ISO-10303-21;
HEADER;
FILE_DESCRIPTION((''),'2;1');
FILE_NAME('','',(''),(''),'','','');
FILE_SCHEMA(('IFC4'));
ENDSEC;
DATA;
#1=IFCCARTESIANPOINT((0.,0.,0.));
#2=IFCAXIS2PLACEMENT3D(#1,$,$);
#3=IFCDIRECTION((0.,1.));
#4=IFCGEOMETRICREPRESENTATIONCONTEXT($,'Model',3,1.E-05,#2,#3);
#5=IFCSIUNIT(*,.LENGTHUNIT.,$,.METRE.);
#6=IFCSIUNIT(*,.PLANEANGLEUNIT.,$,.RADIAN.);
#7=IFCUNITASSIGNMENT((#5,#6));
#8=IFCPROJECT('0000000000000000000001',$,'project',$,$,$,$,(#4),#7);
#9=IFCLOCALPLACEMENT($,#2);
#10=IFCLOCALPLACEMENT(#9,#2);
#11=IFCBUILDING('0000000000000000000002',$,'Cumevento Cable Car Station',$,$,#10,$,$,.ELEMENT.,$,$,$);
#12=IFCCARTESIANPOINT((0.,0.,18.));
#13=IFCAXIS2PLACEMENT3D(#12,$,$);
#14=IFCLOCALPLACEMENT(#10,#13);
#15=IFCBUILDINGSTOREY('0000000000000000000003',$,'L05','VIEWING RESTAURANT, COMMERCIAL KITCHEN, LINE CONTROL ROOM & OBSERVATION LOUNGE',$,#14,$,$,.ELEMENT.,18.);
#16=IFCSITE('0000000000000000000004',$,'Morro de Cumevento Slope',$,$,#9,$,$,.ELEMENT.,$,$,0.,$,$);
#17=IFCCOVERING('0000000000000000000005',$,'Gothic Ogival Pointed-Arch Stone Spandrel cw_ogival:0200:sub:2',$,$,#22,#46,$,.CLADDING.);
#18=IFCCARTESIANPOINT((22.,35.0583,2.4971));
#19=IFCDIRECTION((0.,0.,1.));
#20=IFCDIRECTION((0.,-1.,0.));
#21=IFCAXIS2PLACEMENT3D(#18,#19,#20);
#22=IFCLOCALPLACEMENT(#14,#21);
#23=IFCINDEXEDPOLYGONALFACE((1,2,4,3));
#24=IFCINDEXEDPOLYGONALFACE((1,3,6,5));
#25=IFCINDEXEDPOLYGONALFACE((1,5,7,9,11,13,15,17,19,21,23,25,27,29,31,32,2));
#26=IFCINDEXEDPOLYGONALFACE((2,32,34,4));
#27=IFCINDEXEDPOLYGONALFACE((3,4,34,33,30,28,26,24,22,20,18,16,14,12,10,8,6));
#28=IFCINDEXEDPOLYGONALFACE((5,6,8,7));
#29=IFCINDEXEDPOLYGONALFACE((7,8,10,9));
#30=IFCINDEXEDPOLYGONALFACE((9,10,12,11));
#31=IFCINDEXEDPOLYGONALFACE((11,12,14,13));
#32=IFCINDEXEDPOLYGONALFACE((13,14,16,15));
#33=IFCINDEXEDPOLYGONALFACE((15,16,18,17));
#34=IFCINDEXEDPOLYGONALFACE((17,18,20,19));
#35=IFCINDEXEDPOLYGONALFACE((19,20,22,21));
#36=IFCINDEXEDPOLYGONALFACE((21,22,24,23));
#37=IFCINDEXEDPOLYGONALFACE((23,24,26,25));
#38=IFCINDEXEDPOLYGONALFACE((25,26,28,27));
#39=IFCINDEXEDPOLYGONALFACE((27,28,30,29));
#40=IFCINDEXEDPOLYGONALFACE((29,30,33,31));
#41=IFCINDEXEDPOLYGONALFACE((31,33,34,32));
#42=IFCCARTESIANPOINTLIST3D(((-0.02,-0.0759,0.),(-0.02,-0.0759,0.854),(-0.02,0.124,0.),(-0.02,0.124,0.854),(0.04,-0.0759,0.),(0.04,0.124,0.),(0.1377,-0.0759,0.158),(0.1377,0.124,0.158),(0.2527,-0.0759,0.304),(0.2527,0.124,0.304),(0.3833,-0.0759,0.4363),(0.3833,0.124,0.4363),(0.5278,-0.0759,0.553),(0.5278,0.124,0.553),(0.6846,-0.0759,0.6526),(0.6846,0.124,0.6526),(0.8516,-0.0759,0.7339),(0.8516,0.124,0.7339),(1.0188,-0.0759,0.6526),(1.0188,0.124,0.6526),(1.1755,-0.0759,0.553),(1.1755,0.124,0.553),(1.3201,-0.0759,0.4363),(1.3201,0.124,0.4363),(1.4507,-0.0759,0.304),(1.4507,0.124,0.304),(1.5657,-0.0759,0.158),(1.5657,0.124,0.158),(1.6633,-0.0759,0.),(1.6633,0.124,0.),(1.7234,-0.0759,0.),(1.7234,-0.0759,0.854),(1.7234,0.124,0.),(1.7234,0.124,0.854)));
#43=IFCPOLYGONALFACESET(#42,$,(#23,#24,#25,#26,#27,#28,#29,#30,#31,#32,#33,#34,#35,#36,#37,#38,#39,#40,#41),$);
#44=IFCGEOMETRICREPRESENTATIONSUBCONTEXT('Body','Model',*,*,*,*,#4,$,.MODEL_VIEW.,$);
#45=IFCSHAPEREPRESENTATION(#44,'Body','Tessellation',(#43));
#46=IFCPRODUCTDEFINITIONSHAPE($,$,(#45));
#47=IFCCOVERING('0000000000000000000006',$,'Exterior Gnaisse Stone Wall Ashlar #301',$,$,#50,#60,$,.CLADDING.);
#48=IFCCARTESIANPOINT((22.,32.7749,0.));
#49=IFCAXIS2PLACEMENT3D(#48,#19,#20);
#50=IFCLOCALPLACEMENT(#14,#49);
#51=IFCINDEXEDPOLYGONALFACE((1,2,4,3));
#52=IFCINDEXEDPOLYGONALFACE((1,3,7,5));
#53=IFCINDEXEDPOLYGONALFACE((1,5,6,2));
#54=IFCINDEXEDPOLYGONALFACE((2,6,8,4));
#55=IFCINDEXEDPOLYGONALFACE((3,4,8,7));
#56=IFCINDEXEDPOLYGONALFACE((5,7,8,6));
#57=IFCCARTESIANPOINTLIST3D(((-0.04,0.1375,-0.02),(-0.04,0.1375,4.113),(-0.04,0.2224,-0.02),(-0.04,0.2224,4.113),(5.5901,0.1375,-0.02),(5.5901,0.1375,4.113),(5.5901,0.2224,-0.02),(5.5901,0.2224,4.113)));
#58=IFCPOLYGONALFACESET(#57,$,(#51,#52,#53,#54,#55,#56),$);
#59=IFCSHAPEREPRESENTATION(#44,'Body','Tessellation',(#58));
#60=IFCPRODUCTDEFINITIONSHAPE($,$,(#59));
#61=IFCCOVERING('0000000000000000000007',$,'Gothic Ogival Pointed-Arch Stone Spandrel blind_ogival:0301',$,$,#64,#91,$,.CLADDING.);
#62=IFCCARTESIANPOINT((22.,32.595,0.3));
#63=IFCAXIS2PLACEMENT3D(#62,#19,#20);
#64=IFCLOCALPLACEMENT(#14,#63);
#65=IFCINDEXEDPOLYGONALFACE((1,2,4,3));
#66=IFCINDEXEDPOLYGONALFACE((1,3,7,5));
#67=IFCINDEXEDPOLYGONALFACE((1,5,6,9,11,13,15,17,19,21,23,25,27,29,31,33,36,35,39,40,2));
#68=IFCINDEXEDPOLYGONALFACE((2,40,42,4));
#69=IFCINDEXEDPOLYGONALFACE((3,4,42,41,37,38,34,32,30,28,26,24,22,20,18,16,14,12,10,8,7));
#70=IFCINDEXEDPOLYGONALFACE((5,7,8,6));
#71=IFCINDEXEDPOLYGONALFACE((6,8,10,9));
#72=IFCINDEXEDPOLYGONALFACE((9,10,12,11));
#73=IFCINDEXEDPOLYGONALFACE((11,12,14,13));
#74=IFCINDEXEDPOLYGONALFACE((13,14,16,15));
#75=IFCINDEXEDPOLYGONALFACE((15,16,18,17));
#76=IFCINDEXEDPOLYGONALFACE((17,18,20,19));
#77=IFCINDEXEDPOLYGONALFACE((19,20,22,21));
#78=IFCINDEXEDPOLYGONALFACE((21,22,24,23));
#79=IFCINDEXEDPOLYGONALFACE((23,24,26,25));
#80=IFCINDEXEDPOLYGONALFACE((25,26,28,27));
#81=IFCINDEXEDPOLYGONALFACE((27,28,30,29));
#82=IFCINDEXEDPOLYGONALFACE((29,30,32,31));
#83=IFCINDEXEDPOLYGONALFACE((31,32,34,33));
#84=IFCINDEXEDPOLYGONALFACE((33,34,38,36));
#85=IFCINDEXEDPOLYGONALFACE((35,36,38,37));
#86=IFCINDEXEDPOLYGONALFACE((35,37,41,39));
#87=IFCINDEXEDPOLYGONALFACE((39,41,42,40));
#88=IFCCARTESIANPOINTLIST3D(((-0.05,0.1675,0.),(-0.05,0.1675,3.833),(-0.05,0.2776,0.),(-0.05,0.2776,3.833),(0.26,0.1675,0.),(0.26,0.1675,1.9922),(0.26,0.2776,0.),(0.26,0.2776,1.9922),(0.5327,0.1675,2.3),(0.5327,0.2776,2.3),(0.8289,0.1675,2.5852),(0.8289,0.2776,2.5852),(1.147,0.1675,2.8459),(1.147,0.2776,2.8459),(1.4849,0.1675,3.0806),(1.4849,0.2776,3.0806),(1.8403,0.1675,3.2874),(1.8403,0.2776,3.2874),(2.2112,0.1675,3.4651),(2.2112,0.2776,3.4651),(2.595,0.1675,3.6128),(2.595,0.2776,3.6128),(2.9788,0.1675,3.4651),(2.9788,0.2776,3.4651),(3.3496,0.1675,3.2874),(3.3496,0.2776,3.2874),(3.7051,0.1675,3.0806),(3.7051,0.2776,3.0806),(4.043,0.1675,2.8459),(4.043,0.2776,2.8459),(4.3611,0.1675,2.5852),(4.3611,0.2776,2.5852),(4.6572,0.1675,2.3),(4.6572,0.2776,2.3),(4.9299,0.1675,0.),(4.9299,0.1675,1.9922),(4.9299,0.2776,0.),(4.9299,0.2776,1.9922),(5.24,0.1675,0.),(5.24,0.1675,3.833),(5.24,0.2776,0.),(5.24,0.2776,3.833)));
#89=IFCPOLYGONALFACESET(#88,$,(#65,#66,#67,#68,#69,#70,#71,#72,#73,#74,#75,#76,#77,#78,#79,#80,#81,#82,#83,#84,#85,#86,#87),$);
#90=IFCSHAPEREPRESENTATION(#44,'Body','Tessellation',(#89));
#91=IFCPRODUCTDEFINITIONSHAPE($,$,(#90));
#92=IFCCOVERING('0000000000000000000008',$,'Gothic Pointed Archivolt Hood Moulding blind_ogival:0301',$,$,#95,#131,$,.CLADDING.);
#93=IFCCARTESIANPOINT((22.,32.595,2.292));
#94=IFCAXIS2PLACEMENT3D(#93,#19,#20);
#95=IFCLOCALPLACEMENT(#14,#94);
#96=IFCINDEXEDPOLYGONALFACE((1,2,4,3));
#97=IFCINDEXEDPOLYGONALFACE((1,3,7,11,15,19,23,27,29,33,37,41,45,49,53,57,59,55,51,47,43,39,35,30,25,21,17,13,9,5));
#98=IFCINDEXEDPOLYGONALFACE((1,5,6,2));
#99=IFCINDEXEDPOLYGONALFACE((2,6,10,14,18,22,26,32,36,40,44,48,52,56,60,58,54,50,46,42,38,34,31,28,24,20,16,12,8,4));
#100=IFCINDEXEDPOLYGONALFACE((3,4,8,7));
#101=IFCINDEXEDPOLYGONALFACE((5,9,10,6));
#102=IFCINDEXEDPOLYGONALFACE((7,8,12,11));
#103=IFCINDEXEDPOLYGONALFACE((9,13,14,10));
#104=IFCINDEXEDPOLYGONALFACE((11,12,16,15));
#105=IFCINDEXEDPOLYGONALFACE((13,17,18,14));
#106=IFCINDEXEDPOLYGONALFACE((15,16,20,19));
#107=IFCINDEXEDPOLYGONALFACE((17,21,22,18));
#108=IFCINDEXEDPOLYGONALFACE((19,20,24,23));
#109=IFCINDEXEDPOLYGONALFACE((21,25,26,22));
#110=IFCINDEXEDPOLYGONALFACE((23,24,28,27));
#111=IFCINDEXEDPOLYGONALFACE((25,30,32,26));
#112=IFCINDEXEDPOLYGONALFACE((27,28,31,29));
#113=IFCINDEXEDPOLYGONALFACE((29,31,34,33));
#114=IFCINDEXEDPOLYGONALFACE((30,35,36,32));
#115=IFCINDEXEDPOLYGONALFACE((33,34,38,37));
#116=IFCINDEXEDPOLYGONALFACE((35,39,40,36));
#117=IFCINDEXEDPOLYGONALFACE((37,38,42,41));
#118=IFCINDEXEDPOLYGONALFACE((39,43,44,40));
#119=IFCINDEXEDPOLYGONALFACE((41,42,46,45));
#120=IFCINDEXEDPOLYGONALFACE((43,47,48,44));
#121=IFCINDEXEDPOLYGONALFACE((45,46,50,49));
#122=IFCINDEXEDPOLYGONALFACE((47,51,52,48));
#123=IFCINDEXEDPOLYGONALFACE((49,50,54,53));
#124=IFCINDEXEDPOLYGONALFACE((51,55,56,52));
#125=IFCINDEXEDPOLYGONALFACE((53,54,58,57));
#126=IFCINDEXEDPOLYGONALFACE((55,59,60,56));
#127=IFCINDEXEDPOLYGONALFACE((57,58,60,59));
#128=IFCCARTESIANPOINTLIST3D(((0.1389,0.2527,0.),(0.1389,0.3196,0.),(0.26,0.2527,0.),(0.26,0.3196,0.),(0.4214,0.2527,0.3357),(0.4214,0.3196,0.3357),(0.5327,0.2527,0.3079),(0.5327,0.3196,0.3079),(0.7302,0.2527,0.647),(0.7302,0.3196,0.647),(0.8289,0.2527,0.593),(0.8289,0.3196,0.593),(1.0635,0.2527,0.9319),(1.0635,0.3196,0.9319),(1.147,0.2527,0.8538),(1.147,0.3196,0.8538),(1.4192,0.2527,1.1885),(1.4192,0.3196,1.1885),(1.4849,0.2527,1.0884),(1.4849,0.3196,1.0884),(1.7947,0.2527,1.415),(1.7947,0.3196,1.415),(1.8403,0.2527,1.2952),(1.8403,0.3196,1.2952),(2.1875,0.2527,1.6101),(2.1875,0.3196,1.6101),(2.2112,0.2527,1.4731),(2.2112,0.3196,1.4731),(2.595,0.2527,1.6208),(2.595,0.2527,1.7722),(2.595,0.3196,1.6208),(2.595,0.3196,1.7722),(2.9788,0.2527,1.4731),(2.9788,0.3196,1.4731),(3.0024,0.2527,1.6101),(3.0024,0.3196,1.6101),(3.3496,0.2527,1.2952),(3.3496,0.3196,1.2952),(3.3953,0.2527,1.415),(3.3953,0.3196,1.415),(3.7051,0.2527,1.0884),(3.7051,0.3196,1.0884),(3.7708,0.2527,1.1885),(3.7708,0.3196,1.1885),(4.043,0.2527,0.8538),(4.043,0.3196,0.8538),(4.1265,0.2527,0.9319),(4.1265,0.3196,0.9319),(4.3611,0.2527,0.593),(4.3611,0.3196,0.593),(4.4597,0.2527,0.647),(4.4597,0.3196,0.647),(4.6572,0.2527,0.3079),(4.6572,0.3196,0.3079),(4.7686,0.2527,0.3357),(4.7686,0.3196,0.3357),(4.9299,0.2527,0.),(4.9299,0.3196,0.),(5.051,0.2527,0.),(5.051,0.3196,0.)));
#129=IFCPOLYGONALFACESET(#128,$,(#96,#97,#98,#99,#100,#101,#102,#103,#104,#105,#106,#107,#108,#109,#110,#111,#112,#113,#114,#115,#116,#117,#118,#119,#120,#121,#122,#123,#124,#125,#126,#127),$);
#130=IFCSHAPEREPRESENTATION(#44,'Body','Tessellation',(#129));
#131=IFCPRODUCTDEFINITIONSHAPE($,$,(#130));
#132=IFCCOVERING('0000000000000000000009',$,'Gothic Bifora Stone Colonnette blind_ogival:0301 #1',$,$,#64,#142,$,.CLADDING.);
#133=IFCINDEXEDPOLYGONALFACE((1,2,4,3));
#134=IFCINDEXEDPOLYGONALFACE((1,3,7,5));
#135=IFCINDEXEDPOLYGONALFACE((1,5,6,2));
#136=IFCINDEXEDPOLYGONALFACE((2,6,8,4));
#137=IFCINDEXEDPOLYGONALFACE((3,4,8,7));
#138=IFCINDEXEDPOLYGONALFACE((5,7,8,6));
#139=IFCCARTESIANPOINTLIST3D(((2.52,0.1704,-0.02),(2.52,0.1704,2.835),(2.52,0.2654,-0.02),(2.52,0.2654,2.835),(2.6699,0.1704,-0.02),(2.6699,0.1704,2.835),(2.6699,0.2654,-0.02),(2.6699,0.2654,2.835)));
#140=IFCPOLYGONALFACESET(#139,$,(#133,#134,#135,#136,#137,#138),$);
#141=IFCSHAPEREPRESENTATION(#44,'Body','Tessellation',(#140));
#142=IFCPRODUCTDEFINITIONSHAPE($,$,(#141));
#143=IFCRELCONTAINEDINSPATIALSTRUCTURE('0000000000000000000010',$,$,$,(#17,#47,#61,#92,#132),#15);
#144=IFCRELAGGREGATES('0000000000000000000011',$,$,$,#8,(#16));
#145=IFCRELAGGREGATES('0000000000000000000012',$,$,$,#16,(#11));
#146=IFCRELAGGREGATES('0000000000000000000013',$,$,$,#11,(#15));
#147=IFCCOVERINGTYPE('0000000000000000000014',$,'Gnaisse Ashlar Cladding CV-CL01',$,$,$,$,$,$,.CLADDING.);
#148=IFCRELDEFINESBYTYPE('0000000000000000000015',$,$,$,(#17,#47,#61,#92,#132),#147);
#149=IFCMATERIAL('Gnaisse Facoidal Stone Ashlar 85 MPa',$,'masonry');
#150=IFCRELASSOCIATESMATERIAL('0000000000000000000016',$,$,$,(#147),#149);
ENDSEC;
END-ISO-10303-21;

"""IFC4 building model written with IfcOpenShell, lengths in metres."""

from ifc_helpers import new_model, si_unit, direction, frame, origin, place, context, subcontext, project, spatial, polyline, outline, extrude, material, type_object, element, save


model = new_model("IFC4")

# Units and contexts
model_context = context("Model", 3, precision=1e-05, world=origin(), true_north=direction((0.0, 1.0)))
body_context = subcontext(model_context, "Body", "Model", "MODEL_VIEW")
ifc_project = project(units=[si_unit("LENGTHUNIT", "METRE"), si_unit("PLANEANGLEUNIT", "RADIAN")], contexts=[model_context])

# Site, building, storey
site_placement = place(None, origin())
site = spatial("IfcSite", under=ifc_project, at=site_placement, Name="Morro de Cumevento Slope", CompositionType="ELEMENT", RefElevation=0.0)
building_placement = place(site_placement, origin())
building = spatial("IfcBuilding", under=site, at=building_placement, Name="Cumevento Cable Car Station", CompositionType="ELEMENT")
storey_placement = place(building_placement, frame((0.0, 0.0, 18.0)))
storey = spatial("IfcBuildingStorey", under=building, at=storey_placement, Name="L05", Description="VIEWING RESTAURANT, COMMERCIAL KITCHEN, LINE CONTROL ROOM & OBSERVATION LOUNGE", CompositionType="ELEMENT", Elevation=18.0)

# Coverings
ifc_material_1 = material(Name="Gnaisse Facoidal Stone Ashlar 85 MPa", Category="masonry")
covering_type = type_object("IfcCoveringType", Name="Gnaisse Ashlar Cladding CV-CL01", PredefinedType="CLADDING", material=ifc_material_1)
covering_1_placement = place(storey_placement, frame((22.0, 35.0583, 2.4971), z_axis=(0.0, 0.0, 1.0), x_axis=(0.0, -1.0, 0.0)))
element("IfcCovering", 1, at=covering_1_placement, inside=storey, type_object=covering_type, Name="Gothic Ogival Pointed-Arch Stone Spandrel cw_ogival:0200:sub:2", PredefinedType="CLADDING", context=body_context, shape_type="SweptSolid", body=[
    extrude(outline(polyline([(-0.02, 0.0), (-0.02, 0.854), (1.7234, 0.854), (1.7234, 0.0), (1.6633, 0.0), (1.5657, 0.158), (1.4507, 0.304), (1.3201, 0.4363), (1.1755, 0.553), (1.0188, 0.6526), (0.8516, 0.7339), (0.6846, 0.6526), (0.5278, 0.553), (0.3833, 0.4363), (0.2527, 0.304), (0.1377, 0.158), (0.04, 0.0), (-0.02, 0.0)])), frame((0.0, 0.124, 0.0), z_axis=(0.0, -1.0, 0.0), x_axis=(1.0, 0.0, 0.0)), (0.0, 0.0, 1.0), 0.2),
])
covering_2_placement = place(storey_placement, frame((22.0, 32.7749, 0.0), z_axis=(0.0, 0.0, 1.0), x_axis=(0.0, -1.0, 0.0)))
element("IfcCovering", 2, at=covering_2_placement, inside=storey, type_object=covering_type, Name="Exterior Gnaisse Stone Wall Ashlar #301", PredefinedType="CLADDING", context=body_context, shape_type="SweptSolid", body=[
    extrude(outline(polyline([(-0.04, -0.02), (5.5901, -0.02), (5.5901, 4.113), (-0.04, 4.113), (-0.04, -0.02)])), frame((0.0, 0.2224, 0.0), z_axis=(0.0, -1.0, 0.0), x_axis=(1.0, 0.0, 0.0)), (0.0, 0.0, 1.0), 0.085),
])
placement = place(storey_placement, frame((22.0, 32.595, 0.3), z_axis=(0.0, 0.0, 1.0), x_axis=(0.0, -1.0, 0.0)))
element("IfcCovering", 3, at=placement, inside=storey, type_object=covering_type, Name="Gothic Ogival Pointed-Arch Stone Spandrel blind_ogival:0301", PredefinedType="CLADDING", context=body_context, shape_type="SweptSolid", body=[
    extrude(outline(polyline([(-0.05, 0.0), (-0.05, 3.833), (5.24, 3.833), (5.24, 0.0), (4.9299, 0.0), (4.9299, 1.9922), (4.6572, 2.3), (4.3611, 2.5852), (4.043, 2.8459), (3.7051, 3.0806), (3.3496, 3.2874), (2.9788, 3.4651), (2.595, 3.6128), (2.2112, 3.4651), (1.8403, 3.2874), (1.4849, 3.0806), (1.147, 2.8459), (0.8289, 2.5852), (0.5327, 2.3), (0.26, 1.9922), (0.26, 0.0), (-0.05, 0.0)])), frame((0.0, 0.2776, 0.0), z_axis=(0.0, -1.0, 0.0), x_axis=(1.0, 0.0, 0.0)), (0.0, 0.0, 1.0), 0.1101),
])
covering_3_placement = place(storey_placement, frame((22.0, 32.595, 2.292), z_axis=(0.0, 0.0, 1.0), x_axis=(0.0, -1.0, 0.0)))
element("IfcCovering", 4, at=covering_3_placement, inside=storey, type_object=covering_type, Name="Gothic Pointed Archivolt Hood Moulding blind_ogival:0301", PredefinedType="CLADDING", context=body_context, shape_type="SweptSolid", body=[
    extrude(outline(polyline([(0.26, 0.0), (0.5327, 0.3079), (0.8289, 0.593), (1.147, 0.8538), (1.4849, 1.0884), (1.8403, 1.2952), (2.2112, 1.4731), (2.595, 1.6208), (2.9788, 1.4731), (3.3496, 1.2952), (3.7051, 1.0884), (4.043, 0.8538), (4.3611, 0.593), (4.6572, 0.3079), (4.9299, 0.0), (5.051, 0.0), (4.7686, 0.3357), (4.4597, 0.647), (4.1265, 0.9319), (3.7708, 1.1885), (3.3953, 1.415), (3.0024, 1.6101), (2.595, 1.7722), (2.1875, 1.6101), (1.7947, 1.415), (1.4192, 1.1885), (1.0635, 0.9319), (0.7302, 0.647), (0.4214, 0.3357), (0.1389, 0.0), (0.26, 0.0)])), frame((0.0, 0.3196, 0.0), z_axis=(0.0, -1.0, 0.0), x_axis=(1.0, 0.0, 0.0)), (0.0, 0.0, 1.0), 0.0669),
])
element("IfcCovering", 5, at=placement, inside=storey, type_object=covering_type, Name="Gothic Bifora Stone Colonnette blind_ogival:0301 #1", PredefinedType="CLADDING", context=body_context, shape_type="SweptSolid", body=[
    extrude(outline(polyline([(2.52, -0.02), (2.6699, -0.02), (2.6699, 2.835), (2.52, 2.835), (2.52, -0.02)])), frame((0.0, 0.2654, 0.0), z_axis=(0.0, -1.0, 0.0), x_axis=(1.0, 0.0, 0.0)), (0.0, 0.0, 1.0), 0.095),
])

save(model, "model.ifc")
